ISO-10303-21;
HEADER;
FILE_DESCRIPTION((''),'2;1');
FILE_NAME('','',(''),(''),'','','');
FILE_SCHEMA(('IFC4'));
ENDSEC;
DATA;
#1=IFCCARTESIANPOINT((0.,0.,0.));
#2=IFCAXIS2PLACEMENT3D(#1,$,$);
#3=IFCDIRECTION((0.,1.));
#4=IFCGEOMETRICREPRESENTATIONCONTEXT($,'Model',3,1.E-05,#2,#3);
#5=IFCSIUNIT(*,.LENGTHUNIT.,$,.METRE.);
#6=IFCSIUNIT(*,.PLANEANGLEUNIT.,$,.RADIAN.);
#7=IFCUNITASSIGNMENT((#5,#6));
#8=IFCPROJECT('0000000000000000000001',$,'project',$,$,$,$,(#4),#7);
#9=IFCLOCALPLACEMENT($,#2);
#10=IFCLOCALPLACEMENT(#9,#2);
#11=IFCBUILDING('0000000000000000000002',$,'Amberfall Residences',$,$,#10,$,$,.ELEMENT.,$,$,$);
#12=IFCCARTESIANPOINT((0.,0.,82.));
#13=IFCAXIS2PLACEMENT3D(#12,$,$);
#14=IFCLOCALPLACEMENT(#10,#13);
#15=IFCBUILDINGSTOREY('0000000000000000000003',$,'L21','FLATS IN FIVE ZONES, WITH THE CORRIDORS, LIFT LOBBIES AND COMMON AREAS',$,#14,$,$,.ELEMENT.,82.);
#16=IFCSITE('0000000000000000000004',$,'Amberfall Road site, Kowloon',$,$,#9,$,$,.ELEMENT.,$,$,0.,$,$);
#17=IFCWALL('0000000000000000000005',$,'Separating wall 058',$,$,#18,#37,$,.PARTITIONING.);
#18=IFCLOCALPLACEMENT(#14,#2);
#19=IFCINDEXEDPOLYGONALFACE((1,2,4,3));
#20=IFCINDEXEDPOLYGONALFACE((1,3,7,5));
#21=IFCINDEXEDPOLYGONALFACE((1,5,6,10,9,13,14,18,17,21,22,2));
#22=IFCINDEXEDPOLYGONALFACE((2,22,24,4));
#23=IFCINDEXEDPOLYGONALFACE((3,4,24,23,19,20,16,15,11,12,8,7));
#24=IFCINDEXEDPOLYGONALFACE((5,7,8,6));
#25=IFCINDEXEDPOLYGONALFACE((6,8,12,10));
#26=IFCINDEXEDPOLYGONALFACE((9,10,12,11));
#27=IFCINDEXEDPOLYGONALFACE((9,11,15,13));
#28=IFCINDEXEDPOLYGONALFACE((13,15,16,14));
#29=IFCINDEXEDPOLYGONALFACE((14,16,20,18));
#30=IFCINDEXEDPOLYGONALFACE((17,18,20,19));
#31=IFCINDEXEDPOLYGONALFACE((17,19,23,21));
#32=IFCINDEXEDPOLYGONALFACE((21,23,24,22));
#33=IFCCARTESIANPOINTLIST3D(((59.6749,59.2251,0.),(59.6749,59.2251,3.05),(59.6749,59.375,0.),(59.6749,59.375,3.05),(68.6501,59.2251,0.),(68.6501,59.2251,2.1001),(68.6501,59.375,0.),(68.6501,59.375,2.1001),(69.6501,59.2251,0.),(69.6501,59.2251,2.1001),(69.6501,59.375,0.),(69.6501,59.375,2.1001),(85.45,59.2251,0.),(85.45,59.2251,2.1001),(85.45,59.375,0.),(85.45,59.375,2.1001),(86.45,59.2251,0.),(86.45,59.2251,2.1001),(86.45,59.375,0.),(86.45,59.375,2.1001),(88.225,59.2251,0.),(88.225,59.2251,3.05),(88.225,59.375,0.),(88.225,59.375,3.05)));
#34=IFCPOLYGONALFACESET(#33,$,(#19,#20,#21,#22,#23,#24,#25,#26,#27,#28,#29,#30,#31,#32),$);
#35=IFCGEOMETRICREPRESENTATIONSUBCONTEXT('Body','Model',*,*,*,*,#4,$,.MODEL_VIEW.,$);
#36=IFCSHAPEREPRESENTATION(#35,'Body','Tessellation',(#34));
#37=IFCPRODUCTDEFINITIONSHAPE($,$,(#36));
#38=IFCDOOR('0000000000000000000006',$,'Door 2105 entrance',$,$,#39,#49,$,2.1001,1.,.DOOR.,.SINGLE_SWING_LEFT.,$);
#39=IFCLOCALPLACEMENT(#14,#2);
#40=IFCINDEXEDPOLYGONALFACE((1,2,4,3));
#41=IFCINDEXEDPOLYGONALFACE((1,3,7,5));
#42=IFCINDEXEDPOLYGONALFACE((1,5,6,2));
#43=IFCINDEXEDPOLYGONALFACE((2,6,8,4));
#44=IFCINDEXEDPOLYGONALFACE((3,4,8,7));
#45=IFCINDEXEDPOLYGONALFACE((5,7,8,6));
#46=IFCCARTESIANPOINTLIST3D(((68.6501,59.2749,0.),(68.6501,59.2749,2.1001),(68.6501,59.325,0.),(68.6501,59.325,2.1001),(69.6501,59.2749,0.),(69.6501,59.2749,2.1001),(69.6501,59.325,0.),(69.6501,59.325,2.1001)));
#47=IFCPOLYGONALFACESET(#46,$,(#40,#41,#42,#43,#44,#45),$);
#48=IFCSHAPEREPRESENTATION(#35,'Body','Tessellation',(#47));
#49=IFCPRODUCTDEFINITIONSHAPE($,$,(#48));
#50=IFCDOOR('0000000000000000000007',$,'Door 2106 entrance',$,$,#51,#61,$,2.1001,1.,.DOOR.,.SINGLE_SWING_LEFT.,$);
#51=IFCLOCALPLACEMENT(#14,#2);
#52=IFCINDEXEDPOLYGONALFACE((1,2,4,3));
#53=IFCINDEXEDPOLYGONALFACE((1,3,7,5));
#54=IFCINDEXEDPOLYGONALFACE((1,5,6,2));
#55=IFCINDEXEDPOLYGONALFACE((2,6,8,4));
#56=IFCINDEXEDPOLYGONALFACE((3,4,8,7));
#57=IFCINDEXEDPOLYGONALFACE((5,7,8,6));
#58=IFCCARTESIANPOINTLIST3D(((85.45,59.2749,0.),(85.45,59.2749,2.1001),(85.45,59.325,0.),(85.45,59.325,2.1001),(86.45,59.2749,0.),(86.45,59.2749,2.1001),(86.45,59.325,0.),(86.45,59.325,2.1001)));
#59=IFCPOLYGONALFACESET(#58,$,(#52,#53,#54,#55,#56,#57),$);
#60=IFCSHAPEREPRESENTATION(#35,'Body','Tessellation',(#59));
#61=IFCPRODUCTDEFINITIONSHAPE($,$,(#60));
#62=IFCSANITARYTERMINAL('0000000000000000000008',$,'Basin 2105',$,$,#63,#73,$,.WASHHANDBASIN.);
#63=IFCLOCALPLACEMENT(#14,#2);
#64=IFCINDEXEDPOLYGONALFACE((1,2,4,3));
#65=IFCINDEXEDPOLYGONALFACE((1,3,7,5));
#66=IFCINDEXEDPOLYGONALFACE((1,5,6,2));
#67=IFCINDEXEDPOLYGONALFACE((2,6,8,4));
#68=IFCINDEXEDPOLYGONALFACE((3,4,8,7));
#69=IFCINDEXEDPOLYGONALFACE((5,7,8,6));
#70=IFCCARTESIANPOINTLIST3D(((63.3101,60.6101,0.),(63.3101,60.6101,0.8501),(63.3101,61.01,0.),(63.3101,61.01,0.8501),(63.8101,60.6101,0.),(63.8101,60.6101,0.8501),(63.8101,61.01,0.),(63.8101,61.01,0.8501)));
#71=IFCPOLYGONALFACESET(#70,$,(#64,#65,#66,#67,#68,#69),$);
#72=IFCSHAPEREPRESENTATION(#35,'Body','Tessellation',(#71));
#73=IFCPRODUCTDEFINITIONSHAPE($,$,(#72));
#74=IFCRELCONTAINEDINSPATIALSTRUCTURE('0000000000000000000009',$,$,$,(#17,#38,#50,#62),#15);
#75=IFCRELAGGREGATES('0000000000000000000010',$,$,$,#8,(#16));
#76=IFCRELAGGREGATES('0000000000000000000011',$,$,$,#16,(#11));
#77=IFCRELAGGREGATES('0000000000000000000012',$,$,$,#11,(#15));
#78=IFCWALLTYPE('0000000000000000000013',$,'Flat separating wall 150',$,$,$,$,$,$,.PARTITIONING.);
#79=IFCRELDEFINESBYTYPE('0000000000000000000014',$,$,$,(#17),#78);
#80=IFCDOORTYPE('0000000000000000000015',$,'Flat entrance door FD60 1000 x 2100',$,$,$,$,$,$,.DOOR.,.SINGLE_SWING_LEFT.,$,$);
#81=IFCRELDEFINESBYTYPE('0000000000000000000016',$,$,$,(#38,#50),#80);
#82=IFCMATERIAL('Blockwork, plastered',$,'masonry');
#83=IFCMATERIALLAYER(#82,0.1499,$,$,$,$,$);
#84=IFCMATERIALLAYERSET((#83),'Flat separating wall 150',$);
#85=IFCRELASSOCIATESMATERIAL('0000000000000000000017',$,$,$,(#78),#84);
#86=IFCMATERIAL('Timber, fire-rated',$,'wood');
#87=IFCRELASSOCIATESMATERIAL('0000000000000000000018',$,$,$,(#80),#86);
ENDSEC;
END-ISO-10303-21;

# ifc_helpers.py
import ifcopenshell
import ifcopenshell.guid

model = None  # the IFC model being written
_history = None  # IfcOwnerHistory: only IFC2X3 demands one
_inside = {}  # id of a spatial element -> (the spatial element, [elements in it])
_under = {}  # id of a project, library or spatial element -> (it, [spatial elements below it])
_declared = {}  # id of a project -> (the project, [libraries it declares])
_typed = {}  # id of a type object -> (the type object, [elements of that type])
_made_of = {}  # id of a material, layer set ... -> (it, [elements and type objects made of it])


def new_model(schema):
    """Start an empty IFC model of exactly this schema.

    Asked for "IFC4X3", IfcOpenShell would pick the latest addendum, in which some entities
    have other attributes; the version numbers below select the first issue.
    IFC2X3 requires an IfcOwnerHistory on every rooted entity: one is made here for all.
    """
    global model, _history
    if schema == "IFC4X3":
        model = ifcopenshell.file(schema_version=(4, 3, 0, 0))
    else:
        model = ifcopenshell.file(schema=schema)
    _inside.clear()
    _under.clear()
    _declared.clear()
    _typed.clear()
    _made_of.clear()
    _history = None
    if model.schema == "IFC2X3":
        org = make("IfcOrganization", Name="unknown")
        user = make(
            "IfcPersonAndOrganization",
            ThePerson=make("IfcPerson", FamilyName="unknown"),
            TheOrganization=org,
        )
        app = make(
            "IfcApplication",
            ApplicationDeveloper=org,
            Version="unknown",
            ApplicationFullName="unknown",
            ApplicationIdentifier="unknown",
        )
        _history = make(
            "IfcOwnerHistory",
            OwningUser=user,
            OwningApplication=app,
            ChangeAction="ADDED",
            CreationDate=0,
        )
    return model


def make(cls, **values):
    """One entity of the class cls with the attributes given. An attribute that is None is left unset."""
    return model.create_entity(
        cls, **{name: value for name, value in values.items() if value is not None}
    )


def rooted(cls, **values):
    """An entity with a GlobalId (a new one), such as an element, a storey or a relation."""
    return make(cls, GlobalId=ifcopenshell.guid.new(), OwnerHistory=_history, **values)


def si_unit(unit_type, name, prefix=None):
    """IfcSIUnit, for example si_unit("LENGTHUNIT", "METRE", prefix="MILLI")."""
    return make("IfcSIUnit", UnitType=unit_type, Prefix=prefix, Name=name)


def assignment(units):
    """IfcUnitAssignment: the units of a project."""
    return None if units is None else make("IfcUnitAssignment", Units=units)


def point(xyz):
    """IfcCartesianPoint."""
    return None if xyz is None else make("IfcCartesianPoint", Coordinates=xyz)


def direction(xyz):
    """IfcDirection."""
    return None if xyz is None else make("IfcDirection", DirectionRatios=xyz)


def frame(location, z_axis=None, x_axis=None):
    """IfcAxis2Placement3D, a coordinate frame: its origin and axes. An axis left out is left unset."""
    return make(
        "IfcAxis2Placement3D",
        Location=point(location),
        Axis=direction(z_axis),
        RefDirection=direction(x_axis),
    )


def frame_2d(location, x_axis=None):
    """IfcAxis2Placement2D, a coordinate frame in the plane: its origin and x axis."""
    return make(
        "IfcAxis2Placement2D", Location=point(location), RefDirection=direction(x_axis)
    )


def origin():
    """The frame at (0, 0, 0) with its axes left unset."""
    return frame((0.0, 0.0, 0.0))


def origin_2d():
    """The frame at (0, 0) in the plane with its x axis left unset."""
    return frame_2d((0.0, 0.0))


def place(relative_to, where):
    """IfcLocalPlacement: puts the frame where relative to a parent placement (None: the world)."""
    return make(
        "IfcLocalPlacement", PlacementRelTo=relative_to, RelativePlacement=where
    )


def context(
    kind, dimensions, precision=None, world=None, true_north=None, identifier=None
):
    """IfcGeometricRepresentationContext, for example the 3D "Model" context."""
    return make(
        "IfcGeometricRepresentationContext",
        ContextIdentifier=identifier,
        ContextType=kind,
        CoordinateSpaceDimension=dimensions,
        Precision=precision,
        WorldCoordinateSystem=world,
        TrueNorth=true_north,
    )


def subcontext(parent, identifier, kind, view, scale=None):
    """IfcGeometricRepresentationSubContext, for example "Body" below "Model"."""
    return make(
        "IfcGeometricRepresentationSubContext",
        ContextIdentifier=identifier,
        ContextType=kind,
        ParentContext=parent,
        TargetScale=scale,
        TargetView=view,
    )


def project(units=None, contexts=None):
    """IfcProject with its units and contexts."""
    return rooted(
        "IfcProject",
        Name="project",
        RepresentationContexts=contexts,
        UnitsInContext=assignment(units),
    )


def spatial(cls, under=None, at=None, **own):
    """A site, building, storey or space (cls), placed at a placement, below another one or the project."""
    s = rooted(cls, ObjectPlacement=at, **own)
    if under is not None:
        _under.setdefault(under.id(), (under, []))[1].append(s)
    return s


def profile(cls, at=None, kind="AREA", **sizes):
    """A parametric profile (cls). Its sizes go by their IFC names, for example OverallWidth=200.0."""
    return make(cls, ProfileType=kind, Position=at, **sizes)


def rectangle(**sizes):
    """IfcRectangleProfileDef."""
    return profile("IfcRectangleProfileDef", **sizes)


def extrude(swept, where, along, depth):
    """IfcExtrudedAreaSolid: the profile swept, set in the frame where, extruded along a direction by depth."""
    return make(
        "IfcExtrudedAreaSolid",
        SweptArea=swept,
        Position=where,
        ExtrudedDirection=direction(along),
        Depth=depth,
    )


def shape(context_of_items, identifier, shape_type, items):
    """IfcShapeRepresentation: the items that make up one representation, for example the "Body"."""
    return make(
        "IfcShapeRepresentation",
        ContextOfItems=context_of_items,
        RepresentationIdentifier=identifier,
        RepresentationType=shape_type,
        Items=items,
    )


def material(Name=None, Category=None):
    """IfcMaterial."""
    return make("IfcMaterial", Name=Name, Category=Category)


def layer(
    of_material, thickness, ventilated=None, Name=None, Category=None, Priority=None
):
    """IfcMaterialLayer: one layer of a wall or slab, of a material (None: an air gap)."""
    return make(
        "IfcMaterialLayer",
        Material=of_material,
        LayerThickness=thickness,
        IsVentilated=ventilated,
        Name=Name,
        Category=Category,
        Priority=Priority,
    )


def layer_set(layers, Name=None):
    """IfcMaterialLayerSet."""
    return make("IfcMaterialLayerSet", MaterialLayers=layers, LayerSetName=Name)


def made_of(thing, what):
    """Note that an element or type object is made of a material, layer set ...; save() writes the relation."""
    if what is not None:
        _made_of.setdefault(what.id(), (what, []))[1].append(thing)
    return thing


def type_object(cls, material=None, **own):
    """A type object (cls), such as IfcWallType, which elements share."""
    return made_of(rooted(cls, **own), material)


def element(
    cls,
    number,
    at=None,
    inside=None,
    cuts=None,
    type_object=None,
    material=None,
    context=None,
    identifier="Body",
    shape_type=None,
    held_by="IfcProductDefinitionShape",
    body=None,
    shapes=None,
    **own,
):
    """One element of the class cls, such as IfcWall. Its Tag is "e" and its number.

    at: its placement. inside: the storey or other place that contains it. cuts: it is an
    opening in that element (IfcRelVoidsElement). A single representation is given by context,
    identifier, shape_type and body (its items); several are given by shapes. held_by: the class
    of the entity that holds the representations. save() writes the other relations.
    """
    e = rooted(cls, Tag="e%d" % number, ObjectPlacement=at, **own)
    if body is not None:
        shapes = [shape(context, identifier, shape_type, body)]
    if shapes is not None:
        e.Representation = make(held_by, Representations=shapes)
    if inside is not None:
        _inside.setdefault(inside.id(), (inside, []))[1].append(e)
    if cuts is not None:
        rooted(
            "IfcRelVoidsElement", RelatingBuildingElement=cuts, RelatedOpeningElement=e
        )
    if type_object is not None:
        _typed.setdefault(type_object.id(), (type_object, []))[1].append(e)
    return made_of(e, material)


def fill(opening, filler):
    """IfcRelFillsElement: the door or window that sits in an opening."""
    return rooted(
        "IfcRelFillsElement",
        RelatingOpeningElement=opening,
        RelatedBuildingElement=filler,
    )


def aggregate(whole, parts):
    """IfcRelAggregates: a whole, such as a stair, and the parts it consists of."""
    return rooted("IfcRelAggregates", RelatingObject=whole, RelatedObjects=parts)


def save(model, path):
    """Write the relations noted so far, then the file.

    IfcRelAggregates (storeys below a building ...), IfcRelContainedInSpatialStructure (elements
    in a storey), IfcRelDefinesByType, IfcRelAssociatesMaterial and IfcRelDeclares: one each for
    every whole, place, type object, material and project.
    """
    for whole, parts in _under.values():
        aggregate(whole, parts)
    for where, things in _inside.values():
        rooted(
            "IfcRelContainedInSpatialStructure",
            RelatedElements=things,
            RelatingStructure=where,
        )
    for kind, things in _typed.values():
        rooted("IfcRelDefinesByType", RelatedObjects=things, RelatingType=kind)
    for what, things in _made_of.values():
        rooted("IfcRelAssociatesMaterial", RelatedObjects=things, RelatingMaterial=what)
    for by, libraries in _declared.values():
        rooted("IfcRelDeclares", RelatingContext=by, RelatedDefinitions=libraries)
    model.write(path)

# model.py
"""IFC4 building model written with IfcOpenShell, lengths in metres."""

from ifc_helpers import new_model, si_unit, direction, frame, frame_2d, origin, origin_2d, place, context, subcontext, project, spatial, rectangle, extrude, material, layer, layer_set, type_object, element, fill, save


model = new_model("IFC4")

# Units and contexts
model_context = context("Model", 3, precision=1e-05, world=origin(), true_north=direction((0.0, 1.0)))
body_context = subcontext(model_context, "Body", "Model", "MODEL_VIEW")
ifc_project = project(units=[si_unit("LENGTHUNIT", "METRE"), si_unit("PLANEANGLEUNIT", "RADIAN")], contexts=[model_context])

# Site, building, storey
site_placement = place(None, origin())
site = spatial("IfcSite", under=ifc_project, at=site_placement, Name="Amberfall Road site, Kowloon", CompositionType="ELEMENT", RefElevation=0.0)
building_placement = place(site_placement, origin())
building = spatial("IfcBuilding", under=site, at=building_placement, Name="Amberfall Residences", CompositionType="ELEMENT")
storey_placement = place(building_placement, frame((0.0, 0.0, 82.0)))
storey = spatial("IfcBuildingStorey", under=building, at=storey_placement, Name="L21", Description="FLATS IN FIVE ZONES, WITH THE CORRIDORS, LIFT LOBBIES AND COMMON AREAS", CompositionType="ELEMENT", Elevation=82.0)

# Shared definitions
ifc_material_1 = material(Name="Blockwork, plastered", Category="masonry")
ifc_layer_1 = layer(ifc_material_1, 0.1499)
ifc_layer_set_1 = layer_set([ifc_layer_1], Name="Flat separating wall 150")
wall_type_1 = type_object("IfcWallType", Name="Flat separating wall 150", PredefinedType="PARTITIONING", material=ifc_layer_set_1)

# Wall, openings, doors
wall_1_placement = place(storey_placement, frame((59.675, 59.3, 0.0), z_axis=(0.0, 0.0, 1.0), x_axis=(1.0, 0.0, 0.0)))
wall_1 = element("IfcWall", 1, at=wall_1_placement, inside=storey, type_object=wall_type_1, Name="Separating wall 058", PredefinedType="PARTITIONING", context=body_context, shape_type="SweptSolid", body=[
    extrude(rectangle(XDim=28.55, YDim=0.1499, at=frame_2d((14.2749, 0.0))), origin(), (0.0, 0.0, 1.0), 3.05),
])
opening_1_placement = place(wall_1_placement, frame((8.9751, 0.0, 0.0)))
opening_1 = element("IfcOpeningElement", 2, at=opening_1_placement, cuts=wall_1, PredefinedType="OPENING", context=body_context, shape_type="SweptSolid", body=[
    extrude(rectangle(XDim=1.0, YDim=2.1001, at=frame_2d((0.5, 1.05))), frame((0.0, 0.085, 0.0), z_axis=(0.0, -1.0, 0.0), x_axis=(1.0, 0.0, 0.0)), (0.0, 0.0, 1.0), 0.1699),
])
opening_2_placement = place(wall_1_placement, frame((25.7749, 0.0, 0.0)))
opening_2 = element("IfcOpeningElement", 3, at=opening_2_placement, cuts=wall_1, PredefinedType="OPENING", context=body_context, shape_type="SweptSolid", body=[
    extrude(rectangle(XDim=1.0, YDim=2.1001, at=frame_2d((0.5, 1.05))), frame((0.0, 0.085, 0.0), z_axis=(0.0, -1.0, 0.0), x_axis=(1.0, 0.0, 0.0)), (0.0, 0.0, 1.0), 0.1699),
])
ifc_material_2 = material(Name="Timber, fire-rated", Category="wood")
door_type_1 = type_object("IfcDoorType", Name="Flat entrance door FD60 1000 x 2100", OperationType="SINGLE_SWING_LEFT", PredefinedType="DOOR", material=ifc_material_2)
door_1_placement = place(opening_1_placement, origin())
door_1 = element("IfcDoor", 4, at=door_1_placement, inside=storey, type_object=door_type_1, Name="Door 2105 entrance", OperationType="SINGLE_SWING_LEFT", OverallHeight=2.1001, OverallWidth=1.0, PredefinedType="DOOR", context=body_context, shape_type="SweptSolid", body=[
    extrude(rectangle(XDim=1.0, YDim=2.1001, at=frame_2d((0.5, 1.05))), frame((0.0, 0.0249, 0.0), z_axis=(0.0, -1.0, 0.0), x_axis=(1.0, 0.0, 0.0)), (0.0, 0.0, 1.0), 0.05),
])
fill(opening_1, door_1)
door_2_placement = place(opening_2_placement, origin())
door_2 = element("IfcDoor", 5, at=door_2_placement, inside=storey, type_object=door_type_1, Name="Door 2106 entrance", OperationType="SINGLE_SWING_LEFT", OverallHeight=2.1001, OverallWidth=1.0, PredefinedType="DOOR", context=body_context, shape_type="SweptSolid", body=[
    extrude(rectangle(XDim=1.0, YDim=2.1001, at=frame_2d((0.5, 1.05))), frame((0.0, 0.0249, 0.0), z_axis=(0.0, -1.0, 0.0), x_axis=(1.0, 0.0, 0.0)), (0.0, 0.0, 1.0), 0.05),
])
fill(opening_2, door_2)

# Sanitary terminal
sanitary_terminal_placement = place(storey_placement, frame((63.5601, 60.8101, 0.0), z_axis=(0.0, 0.0, 1.0), x_axis=(1.0, 0.0, 0.0)))
element("IfcSanitaryTerminal", 6, at=sanitary_terminal_placement, inside=storey, Name="Basin 2105", PredefinedType="WASHHANDBASIN", context=body_context, shape_type="SweptSolid", body=[
    extrude(rectangle(XDim=0.5, YDim=0.3999, at=origin_2d()), origin(), (0.0, 0.0, 1.0), 0.8501),
])

save(model, "model.ifc")
